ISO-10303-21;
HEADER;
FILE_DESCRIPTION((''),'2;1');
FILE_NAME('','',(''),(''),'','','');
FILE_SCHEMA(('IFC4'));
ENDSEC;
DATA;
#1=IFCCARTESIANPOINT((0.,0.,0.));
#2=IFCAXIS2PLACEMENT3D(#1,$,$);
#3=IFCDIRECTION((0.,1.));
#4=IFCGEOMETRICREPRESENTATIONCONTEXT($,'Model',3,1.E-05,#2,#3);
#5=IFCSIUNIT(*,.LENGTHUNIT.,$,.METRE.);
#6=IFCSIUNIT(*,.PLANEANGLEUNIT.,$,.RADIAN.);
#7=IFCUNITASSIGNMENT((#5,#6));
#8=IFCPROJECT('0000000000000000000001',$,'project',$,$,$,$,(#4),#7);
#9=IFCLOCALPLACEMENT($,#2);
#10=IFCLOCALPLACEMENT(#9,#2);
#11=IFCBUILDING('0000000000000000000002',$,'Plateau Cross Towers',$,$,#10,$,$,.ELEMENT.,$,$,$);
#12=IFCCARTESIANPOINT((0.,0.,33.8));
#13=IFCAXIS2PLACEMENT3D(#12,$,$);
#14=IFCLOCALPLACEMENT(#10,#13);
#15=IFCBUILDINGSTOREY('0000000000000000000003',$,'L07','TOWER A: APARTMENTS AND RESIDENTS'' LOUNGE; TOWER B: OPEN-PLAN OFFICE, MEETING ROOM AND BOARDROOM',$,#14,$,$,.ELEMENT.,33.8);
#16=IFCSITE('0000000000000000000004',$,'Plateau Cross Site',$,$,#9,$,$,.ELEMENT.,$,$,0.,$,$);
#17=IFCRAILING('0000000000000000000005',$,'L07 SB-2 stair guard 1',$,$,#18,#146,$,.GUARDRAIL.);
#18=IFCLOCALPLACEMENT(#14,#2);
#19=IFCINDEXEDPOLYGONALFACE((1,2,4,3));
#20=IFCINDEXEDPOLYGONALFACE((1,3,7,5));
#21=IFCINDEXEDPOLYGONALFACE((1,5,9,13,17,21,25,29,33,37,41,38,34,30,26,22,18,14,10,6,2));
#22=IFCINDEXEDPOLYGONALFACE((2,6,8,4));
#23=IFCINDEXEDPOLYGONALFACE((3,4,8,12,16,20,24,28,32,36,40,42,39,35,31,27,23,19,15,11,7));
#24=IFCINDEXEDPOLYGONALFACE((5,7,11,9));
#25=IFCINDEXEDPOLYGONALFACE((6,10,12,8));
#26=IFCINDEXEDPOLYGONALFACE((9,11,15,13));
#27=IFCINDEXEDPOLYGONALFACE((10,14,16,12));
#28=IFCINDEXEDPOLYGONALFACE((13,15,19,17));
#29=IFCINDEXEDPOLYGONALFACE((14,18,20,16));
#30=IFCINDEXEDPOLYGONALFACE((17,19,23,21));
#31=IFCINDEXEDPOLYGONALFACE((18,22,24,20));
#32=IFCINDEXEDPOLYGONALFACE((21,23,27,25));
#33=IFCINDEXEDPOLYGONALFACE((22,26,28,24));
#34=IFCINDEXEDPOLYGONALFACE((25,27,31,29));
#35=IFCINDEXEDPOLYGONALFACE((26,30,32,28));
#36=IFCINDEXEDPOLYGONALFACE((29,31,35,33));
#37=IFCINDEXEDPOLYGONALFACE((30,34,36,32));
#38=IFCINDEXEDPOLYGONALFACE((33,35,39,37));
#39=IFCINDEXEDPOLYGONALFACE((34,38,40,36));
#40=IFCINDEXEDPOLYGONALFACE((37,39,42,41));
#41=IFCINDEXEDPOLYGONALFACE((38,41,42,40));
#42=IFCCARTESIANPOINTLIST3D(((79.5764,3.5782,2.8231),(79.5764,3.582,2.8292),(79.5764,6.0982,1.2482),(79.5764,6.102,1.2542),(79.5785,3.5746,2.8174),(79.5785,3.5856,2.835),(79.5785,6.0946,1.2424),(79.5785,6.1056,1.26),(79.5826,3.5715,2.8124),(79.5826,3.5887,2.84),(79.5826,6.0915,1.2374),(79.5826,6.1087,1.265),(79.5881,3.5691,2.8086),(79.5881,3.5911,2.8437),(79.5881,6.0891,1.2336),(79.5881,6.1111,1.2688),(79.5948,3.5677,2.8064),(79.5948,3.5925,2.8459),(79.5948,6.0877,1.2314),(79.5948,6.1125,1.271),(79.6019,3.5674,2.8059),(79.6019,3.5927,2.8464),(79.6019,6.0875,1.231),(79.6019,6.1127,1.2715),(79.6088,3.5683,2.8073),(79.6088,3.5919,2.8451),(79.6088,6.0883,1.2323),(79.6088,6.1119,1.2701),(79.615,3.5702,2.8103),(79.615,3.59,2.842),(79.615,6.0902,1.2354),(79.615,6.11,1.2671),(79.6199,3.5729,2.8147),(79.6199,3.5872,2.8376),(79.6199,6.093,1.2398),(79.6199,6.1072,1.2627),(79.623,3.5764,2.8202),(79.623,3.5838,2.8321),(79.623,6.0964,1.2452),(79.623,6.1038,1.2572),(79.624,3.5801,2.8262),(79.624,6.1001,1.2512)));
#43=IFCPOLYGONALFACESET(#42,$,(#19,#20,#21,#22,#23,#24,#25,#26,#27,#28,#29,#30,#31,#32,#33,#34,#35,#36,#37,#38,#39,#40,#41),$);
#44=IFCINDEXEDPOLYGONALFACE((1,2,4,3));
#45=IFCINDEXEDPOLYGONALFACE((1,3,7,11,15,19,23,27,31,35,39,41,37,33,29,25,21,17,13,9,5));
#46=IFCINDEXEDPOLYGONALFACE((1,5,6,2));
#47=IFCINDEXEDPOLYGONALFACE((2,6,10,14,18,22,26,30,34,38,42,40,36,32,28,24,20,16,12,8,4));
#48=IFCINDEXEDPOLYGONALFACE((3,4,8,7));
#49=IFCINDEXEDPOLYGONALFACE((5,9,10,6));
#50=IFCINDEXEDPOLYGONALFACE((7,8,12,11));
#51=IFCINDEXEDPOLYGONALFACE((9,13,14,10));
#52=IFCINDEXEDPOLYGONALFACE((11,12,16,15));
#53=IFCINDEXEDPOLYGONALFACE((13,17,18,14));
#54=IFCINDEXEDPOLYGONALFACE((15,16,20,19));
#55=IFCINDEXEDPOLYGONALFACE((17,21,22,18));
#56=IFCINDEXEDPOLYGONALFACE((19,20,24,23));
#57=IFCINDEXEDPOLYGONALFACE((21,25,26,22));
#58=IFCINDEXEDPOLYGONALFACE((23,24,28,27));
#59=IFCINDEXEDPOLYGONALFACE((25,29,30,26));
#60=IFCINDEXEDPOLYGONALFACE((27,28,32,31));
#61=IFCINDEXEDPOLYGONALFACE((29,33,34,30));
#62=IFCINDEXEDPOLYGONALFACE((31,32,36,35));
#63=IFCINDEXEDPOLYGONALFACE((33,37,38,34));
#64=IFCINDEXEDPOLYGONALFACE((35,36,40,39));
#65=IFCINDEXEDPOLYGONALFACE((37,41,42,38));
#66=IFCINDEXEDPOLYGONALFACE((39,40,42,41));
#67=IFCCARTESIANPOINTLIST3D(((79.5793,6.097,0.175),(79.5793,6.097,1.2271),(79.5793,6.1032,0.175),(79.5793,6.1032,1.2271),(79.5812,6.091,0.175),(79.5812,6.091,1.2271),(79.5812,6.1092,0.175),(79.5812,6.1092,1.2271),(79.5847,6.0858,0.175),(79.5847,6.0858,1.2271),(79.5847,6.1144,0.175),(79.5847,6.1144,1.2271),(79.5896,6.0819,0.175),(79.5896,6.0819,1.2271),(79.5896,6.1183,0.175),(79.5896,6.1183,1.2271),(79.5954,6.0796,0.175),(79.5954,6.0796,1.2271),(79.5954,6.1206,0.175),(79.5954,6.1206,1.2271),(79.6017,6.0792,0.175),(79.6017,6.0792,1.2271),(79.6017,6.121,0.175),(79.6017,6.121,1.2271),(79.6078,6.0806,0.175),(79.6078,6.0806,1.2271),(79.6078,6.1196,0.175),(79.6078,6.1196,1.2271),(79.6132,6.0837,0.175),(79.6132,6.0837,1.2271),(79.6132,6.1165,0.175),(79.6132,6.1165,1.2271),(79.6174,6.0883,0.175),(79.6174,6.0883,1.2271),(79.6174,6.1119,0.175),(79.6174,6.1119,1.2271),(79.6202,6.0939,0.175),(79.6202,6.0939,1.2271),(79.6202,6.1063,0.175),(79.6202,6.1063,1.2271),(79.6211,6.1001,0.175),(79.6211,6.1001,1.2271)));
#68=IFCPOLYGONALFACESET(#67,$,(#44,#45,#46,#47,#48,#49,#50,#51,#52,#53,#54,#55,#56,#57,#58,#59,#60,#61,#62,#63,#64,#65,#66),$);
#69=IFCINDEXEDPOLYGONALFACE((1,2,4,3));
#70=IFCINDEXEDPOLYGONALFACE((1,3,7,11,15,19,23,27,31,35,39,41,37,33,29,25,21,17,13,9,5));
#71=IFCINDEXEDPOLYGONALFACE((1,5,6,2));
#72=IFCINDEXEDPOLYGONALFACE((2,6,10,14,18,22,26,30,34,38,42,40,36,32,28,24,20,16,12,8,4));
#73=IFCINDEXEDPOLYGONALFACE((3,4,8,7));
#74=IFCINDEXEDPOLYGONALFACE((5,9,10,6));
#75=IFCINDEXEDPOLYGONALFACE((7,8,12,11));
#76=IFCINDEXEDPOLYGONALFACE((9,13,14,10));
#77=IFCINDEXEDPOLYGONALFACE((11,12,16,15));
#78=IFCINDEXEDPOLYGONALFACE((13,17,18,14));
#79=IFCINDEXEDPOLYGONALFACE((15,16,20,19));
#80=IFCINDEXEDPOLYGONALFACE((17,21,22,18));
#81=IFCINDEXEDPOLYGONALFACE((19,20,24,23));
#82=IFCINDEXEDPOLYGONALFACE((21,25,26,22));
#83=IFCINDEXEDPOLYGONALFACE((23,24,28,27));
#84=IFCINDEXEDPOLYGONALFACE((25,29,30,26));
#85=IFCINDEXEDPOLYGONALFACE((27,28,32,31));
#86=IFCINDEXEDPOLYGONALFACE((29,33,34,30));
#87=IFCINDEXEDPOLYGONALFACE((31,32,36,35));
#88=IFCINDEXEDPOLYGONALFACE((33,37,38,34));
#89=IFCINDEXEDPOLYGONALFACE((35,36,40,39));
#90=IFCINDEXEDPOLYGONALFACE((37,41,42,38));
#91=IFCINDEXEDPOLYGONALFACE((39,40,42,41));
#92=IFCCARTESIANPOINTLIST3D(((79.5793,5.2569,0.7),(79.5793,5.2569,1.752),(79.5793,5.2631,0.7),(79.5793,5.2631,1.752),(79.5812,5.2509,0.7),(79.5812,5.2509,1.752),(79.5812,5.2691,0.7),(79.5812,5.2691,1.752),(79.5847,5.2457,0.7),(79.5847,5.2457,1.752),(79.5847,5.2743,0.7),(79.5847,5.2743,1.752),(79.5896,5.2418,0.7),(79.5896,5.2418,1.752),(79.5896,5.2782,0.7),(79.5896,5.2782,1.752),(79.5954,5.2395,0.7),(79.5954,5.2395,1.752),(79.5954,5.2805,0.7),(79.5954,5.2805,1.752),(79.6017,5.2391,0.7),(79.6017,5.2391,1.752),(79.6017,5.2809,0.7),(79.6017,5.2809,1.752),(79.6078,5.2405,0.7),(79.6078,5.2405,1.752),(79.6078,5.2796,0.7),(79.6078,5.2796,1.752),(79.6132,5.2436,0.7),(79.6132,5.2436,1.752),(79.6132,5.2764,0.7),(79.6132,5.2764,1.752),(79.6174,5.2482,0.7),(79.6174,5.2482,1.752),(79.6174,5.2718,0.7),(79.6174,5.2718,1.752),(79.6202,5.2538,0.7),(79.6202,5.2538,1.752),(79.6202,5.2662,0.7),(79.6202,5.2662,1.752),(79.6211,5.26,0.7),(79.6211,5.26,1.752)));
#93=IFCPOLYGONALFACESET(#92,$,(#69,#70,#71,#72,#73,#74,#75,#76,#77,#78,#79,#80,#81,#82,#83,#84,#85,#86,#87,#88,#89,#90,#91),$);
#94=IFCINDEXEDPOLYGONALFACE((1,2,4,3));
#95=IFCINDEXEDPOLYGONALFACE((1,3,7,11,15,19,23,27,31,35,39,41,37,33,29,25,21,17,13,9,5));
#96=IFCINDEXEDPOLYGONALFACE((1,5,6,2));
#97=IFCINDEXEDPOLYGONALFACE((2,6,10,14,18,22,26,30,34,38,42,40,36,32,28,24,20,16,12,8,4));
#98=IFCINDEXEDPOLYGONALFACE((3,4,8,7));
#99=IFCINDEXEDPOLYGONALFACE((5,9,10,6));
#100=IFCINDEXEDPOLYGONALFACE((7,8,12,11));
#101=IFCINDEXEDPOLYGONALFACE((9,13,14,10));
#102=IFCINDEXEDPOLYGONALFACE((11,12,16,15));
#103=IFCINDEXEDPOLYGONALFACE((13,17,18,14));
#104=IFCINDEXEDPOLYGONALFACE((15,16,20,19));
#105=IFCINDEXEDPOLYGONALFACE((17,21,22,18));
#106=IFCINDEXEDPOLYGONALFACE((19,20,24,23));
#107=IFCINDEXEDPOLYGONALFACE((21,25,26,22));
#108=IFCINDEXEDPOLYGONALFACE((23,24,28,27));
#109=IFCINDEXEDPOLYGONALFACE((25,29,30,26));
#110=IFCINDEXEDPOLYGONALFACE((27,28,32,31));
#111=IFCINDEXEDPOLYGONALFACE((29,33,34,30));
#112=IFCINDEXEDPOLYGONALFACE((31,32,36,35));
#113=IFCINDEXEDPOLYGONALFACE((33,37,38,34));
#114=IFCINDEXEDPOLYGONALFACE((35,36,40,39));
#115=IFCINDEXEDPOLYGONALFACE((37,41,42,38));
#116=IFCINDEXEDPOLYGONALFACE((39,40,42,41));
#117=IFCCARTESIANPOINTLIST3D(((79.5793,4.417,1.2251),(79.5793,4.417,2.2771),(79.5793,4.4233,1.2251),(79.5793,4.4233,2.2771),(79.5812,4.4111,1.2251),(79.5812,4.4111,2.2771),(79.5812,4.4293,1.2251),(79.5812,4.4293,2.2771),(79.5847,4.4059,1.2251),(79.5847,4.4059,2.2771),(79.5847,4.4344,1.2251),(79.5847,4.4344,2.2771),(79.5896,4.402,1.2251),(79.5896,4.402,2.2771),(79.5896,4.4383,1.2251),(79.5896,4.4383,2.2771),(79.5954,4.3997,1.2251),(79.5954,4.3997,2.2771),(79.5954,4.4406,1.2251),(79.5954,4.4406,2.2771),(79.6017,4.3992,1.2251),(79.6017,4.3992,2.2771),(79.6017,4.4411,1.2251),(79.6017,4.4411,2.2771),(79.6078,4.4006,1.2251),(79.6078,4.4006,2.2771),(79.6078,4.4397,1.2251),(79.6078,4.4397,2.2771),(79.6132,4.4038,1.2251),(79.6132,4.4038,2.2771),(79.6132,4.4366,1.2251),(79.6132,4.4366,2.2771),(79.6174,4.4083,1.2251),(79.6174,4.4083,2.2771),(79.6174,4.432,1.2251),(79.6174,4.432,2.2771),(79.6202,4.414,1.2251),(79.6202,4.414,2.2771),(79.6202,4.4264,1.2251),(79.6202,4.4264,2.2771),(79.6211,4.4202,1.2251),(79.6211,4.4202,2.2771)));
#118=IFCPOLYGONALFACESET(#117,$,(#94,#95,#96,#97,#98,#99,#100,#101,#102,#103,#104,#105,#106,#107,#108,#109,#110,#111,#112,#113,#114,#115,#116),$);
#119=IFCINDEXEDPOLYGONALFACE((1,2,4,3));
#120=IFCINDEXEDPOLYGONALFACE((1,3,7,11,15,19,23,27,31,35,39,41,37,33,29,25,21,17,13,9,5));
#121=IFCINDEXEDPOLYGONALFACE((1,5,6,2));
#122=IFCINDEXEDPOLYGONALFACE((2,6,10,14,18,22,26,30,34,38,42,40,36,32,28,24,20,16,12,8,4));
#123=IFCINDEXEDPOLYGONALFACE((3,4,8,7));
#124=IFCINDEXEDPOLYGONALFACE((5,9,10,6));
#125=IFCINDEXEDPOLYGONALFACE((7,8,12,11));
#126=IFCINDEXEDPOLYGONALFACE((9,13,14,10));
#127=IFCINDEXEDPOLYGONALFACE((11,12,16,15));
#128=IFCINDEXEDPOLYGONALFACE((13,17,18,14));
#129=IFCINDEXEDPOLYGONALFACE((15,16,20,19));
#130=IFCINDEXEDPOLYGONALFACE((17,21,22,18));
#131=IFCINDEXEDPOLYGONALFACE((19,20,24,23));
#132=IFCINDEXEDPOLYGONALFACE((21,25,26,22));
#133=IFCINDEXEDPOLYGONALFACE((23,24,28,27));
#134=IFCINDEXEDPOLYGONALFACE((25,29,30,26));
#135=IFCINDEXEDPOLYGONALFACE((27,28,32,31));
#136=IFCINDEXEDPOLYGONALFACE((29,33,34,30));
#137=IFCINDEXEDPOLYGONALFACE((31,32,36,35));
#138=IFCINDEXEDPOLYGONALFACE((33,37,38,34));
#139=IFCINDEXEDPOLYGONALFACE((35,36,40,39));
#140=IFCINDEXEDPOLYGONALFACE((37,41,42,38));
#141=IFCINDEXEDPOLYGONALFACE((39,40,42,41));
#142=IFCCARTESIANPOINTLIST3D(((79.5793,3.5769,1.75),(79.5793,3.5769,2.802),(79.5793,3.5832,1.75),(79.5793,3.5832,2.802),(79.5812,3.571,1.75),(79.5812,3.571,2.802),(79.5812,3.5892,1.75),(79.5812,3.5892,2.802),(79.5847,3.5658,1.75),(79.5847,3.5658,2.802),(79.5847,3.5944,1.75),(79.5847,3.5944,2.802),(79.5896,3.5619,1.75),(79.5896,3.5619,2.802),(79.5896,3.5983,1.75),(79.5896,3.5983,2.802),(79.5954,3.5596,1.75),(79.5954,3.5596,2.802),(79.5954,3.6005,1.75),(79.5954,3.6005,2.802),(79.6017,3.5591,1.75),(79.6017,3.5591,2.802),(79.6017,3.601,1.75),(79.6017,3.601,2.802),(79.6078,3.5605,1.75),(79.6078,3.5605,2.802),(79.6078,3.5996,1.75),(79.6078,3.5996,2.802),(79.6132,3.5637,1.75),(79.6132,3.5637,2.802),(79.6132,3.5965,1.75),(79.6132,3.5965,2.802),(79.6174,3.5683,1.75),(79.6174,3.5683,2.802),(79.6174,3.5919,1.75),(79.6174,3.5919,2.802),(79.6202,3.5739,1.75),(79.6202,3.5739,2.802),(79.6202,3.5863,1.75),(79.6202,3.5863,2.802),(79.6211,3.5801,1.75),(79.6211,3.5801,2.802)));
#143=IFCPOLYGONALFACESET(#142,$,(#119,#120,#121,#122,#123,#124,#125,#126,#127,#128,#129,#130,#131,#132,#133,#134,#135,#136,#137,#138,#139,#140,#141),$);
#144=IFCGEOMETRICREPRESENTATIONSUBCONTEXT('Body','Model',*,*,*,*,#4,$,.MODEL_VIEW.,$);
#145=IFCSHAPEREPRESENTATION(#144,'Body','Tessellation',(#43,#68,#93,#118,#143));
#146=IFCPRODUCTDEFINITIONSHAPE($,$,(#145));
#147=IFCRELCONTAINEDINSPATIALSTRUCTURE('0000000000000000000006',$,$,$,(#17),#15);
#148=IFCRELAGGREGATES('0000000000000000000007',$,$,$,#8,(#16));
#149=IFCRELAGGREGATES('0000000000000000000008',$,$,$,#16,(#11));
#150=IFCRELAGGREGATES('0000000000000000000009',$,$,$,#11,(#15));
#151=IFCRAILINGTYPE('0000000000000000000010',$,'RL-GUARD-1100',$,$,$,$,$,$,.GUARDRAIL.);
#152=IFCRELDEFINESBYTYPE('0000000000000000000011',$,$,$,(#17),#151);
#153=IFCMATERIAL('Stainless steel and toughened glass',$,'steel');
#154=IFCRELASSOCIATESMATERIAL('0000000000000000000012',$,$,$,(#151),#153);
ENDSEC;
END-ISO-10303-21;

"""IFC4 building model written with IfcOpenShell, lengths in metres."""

from ifc_helpers import new_model, si_unit, direction, frame, origin, origin_2d, place, context, subcontext, project, spatial, circle, extrude, material, type_object, element, save


model = new_model("IFC4")

# Units and contexts
model_context = context("Model", 3, precision=1e-05, world=origin(), true_north=direction((0.0, 1.0)))
body_context = subcontext(model_context, "Body", "Model", "MODEL_VIEW")
ifc_project = project(units=[si_unit("LENGTHUNIT", "METRE"), si_unit("PLANEANGLEUNIT", "RADIAN")], contexts=[model_context])

# Site, building, storey
site_placement = place(None, origin())
site = spatial("IfcSite", under=ifc_project, at=site_placement, Name="Plateau Cross Site", CompositionType="ELEMENT", RefElevation=0.0)
building_placement = place(site_placement, origin())
building = spatial("IfcBuilding", under=site, at=building_placement, Name="Plateau Cross Towers", CompositionType="ELEMENT")
storey_placement = place(building_placement, frame((0.0, 0.0, 33.8)))
storey = spatial("IfcBuildingStorey", under=building, at=storey_placement, Name="L07", Description="TOWER A: APARTMENTS AND RESIDENTS' LOUNGE; TOWER B: OPEN-PLAN OFFICE, MEETING ROOM AND BOARDROOM", CompositionType="ELEMENT", Elevation=33.8)

# Railing
ifc_material_1 = material(Name="Stainless steel and toughened glass", Category="steel")
railing_type_1 = type_object("IfcRailingType", Name="RL-GUARD-1100", PredefinedType="GUARDRAIL", material=ifc_material_1)
railing_1_placement = place(storey_placement, frame((79.6001, 6.1001, 0.175)))
element("IfcRailing", 1, at=railing_1_placement, inside=storey, type_object=railing_type_1, Name="L07 SB-2 stair guard 1", PredefinedType="GUARDRAIL", context=body_context, shape_type="SweptSolid", body=[
    extrude(circle(Radius=0.0239, at=origin_2d()), frame((0.0, 0.0, 1.0762), z_axis=(0.0, -0.848008, 0.529984), x_axis=(1.0, 0.0, 0.0)), (0.0, 0.0, 1.0), 2.9717),
    extrude(circle(Radius=0.021, at=origin_2d()), origin(), (0.0, 0.0, 1.0), 1.052),
    extrude(circle(Radius=0.021, at=origin_2d()), frame((0.0, -0.8401, 0.5249)), (0.0, 0.0, 1.0), 1.052),
    extrude(circle(Radius=0.021, at=origin_2d()), frame((0.0, -1.6799, 1.05)), (0.0, 0.0, 1.0), 1.052),
    extrude(circle(Radius=0.021, at=origin_2d()), frame((0.0, -2.52, 1.575)), (0.0, 0.0, 1.0), 1.052),
])

save(model, "model.ifc")
